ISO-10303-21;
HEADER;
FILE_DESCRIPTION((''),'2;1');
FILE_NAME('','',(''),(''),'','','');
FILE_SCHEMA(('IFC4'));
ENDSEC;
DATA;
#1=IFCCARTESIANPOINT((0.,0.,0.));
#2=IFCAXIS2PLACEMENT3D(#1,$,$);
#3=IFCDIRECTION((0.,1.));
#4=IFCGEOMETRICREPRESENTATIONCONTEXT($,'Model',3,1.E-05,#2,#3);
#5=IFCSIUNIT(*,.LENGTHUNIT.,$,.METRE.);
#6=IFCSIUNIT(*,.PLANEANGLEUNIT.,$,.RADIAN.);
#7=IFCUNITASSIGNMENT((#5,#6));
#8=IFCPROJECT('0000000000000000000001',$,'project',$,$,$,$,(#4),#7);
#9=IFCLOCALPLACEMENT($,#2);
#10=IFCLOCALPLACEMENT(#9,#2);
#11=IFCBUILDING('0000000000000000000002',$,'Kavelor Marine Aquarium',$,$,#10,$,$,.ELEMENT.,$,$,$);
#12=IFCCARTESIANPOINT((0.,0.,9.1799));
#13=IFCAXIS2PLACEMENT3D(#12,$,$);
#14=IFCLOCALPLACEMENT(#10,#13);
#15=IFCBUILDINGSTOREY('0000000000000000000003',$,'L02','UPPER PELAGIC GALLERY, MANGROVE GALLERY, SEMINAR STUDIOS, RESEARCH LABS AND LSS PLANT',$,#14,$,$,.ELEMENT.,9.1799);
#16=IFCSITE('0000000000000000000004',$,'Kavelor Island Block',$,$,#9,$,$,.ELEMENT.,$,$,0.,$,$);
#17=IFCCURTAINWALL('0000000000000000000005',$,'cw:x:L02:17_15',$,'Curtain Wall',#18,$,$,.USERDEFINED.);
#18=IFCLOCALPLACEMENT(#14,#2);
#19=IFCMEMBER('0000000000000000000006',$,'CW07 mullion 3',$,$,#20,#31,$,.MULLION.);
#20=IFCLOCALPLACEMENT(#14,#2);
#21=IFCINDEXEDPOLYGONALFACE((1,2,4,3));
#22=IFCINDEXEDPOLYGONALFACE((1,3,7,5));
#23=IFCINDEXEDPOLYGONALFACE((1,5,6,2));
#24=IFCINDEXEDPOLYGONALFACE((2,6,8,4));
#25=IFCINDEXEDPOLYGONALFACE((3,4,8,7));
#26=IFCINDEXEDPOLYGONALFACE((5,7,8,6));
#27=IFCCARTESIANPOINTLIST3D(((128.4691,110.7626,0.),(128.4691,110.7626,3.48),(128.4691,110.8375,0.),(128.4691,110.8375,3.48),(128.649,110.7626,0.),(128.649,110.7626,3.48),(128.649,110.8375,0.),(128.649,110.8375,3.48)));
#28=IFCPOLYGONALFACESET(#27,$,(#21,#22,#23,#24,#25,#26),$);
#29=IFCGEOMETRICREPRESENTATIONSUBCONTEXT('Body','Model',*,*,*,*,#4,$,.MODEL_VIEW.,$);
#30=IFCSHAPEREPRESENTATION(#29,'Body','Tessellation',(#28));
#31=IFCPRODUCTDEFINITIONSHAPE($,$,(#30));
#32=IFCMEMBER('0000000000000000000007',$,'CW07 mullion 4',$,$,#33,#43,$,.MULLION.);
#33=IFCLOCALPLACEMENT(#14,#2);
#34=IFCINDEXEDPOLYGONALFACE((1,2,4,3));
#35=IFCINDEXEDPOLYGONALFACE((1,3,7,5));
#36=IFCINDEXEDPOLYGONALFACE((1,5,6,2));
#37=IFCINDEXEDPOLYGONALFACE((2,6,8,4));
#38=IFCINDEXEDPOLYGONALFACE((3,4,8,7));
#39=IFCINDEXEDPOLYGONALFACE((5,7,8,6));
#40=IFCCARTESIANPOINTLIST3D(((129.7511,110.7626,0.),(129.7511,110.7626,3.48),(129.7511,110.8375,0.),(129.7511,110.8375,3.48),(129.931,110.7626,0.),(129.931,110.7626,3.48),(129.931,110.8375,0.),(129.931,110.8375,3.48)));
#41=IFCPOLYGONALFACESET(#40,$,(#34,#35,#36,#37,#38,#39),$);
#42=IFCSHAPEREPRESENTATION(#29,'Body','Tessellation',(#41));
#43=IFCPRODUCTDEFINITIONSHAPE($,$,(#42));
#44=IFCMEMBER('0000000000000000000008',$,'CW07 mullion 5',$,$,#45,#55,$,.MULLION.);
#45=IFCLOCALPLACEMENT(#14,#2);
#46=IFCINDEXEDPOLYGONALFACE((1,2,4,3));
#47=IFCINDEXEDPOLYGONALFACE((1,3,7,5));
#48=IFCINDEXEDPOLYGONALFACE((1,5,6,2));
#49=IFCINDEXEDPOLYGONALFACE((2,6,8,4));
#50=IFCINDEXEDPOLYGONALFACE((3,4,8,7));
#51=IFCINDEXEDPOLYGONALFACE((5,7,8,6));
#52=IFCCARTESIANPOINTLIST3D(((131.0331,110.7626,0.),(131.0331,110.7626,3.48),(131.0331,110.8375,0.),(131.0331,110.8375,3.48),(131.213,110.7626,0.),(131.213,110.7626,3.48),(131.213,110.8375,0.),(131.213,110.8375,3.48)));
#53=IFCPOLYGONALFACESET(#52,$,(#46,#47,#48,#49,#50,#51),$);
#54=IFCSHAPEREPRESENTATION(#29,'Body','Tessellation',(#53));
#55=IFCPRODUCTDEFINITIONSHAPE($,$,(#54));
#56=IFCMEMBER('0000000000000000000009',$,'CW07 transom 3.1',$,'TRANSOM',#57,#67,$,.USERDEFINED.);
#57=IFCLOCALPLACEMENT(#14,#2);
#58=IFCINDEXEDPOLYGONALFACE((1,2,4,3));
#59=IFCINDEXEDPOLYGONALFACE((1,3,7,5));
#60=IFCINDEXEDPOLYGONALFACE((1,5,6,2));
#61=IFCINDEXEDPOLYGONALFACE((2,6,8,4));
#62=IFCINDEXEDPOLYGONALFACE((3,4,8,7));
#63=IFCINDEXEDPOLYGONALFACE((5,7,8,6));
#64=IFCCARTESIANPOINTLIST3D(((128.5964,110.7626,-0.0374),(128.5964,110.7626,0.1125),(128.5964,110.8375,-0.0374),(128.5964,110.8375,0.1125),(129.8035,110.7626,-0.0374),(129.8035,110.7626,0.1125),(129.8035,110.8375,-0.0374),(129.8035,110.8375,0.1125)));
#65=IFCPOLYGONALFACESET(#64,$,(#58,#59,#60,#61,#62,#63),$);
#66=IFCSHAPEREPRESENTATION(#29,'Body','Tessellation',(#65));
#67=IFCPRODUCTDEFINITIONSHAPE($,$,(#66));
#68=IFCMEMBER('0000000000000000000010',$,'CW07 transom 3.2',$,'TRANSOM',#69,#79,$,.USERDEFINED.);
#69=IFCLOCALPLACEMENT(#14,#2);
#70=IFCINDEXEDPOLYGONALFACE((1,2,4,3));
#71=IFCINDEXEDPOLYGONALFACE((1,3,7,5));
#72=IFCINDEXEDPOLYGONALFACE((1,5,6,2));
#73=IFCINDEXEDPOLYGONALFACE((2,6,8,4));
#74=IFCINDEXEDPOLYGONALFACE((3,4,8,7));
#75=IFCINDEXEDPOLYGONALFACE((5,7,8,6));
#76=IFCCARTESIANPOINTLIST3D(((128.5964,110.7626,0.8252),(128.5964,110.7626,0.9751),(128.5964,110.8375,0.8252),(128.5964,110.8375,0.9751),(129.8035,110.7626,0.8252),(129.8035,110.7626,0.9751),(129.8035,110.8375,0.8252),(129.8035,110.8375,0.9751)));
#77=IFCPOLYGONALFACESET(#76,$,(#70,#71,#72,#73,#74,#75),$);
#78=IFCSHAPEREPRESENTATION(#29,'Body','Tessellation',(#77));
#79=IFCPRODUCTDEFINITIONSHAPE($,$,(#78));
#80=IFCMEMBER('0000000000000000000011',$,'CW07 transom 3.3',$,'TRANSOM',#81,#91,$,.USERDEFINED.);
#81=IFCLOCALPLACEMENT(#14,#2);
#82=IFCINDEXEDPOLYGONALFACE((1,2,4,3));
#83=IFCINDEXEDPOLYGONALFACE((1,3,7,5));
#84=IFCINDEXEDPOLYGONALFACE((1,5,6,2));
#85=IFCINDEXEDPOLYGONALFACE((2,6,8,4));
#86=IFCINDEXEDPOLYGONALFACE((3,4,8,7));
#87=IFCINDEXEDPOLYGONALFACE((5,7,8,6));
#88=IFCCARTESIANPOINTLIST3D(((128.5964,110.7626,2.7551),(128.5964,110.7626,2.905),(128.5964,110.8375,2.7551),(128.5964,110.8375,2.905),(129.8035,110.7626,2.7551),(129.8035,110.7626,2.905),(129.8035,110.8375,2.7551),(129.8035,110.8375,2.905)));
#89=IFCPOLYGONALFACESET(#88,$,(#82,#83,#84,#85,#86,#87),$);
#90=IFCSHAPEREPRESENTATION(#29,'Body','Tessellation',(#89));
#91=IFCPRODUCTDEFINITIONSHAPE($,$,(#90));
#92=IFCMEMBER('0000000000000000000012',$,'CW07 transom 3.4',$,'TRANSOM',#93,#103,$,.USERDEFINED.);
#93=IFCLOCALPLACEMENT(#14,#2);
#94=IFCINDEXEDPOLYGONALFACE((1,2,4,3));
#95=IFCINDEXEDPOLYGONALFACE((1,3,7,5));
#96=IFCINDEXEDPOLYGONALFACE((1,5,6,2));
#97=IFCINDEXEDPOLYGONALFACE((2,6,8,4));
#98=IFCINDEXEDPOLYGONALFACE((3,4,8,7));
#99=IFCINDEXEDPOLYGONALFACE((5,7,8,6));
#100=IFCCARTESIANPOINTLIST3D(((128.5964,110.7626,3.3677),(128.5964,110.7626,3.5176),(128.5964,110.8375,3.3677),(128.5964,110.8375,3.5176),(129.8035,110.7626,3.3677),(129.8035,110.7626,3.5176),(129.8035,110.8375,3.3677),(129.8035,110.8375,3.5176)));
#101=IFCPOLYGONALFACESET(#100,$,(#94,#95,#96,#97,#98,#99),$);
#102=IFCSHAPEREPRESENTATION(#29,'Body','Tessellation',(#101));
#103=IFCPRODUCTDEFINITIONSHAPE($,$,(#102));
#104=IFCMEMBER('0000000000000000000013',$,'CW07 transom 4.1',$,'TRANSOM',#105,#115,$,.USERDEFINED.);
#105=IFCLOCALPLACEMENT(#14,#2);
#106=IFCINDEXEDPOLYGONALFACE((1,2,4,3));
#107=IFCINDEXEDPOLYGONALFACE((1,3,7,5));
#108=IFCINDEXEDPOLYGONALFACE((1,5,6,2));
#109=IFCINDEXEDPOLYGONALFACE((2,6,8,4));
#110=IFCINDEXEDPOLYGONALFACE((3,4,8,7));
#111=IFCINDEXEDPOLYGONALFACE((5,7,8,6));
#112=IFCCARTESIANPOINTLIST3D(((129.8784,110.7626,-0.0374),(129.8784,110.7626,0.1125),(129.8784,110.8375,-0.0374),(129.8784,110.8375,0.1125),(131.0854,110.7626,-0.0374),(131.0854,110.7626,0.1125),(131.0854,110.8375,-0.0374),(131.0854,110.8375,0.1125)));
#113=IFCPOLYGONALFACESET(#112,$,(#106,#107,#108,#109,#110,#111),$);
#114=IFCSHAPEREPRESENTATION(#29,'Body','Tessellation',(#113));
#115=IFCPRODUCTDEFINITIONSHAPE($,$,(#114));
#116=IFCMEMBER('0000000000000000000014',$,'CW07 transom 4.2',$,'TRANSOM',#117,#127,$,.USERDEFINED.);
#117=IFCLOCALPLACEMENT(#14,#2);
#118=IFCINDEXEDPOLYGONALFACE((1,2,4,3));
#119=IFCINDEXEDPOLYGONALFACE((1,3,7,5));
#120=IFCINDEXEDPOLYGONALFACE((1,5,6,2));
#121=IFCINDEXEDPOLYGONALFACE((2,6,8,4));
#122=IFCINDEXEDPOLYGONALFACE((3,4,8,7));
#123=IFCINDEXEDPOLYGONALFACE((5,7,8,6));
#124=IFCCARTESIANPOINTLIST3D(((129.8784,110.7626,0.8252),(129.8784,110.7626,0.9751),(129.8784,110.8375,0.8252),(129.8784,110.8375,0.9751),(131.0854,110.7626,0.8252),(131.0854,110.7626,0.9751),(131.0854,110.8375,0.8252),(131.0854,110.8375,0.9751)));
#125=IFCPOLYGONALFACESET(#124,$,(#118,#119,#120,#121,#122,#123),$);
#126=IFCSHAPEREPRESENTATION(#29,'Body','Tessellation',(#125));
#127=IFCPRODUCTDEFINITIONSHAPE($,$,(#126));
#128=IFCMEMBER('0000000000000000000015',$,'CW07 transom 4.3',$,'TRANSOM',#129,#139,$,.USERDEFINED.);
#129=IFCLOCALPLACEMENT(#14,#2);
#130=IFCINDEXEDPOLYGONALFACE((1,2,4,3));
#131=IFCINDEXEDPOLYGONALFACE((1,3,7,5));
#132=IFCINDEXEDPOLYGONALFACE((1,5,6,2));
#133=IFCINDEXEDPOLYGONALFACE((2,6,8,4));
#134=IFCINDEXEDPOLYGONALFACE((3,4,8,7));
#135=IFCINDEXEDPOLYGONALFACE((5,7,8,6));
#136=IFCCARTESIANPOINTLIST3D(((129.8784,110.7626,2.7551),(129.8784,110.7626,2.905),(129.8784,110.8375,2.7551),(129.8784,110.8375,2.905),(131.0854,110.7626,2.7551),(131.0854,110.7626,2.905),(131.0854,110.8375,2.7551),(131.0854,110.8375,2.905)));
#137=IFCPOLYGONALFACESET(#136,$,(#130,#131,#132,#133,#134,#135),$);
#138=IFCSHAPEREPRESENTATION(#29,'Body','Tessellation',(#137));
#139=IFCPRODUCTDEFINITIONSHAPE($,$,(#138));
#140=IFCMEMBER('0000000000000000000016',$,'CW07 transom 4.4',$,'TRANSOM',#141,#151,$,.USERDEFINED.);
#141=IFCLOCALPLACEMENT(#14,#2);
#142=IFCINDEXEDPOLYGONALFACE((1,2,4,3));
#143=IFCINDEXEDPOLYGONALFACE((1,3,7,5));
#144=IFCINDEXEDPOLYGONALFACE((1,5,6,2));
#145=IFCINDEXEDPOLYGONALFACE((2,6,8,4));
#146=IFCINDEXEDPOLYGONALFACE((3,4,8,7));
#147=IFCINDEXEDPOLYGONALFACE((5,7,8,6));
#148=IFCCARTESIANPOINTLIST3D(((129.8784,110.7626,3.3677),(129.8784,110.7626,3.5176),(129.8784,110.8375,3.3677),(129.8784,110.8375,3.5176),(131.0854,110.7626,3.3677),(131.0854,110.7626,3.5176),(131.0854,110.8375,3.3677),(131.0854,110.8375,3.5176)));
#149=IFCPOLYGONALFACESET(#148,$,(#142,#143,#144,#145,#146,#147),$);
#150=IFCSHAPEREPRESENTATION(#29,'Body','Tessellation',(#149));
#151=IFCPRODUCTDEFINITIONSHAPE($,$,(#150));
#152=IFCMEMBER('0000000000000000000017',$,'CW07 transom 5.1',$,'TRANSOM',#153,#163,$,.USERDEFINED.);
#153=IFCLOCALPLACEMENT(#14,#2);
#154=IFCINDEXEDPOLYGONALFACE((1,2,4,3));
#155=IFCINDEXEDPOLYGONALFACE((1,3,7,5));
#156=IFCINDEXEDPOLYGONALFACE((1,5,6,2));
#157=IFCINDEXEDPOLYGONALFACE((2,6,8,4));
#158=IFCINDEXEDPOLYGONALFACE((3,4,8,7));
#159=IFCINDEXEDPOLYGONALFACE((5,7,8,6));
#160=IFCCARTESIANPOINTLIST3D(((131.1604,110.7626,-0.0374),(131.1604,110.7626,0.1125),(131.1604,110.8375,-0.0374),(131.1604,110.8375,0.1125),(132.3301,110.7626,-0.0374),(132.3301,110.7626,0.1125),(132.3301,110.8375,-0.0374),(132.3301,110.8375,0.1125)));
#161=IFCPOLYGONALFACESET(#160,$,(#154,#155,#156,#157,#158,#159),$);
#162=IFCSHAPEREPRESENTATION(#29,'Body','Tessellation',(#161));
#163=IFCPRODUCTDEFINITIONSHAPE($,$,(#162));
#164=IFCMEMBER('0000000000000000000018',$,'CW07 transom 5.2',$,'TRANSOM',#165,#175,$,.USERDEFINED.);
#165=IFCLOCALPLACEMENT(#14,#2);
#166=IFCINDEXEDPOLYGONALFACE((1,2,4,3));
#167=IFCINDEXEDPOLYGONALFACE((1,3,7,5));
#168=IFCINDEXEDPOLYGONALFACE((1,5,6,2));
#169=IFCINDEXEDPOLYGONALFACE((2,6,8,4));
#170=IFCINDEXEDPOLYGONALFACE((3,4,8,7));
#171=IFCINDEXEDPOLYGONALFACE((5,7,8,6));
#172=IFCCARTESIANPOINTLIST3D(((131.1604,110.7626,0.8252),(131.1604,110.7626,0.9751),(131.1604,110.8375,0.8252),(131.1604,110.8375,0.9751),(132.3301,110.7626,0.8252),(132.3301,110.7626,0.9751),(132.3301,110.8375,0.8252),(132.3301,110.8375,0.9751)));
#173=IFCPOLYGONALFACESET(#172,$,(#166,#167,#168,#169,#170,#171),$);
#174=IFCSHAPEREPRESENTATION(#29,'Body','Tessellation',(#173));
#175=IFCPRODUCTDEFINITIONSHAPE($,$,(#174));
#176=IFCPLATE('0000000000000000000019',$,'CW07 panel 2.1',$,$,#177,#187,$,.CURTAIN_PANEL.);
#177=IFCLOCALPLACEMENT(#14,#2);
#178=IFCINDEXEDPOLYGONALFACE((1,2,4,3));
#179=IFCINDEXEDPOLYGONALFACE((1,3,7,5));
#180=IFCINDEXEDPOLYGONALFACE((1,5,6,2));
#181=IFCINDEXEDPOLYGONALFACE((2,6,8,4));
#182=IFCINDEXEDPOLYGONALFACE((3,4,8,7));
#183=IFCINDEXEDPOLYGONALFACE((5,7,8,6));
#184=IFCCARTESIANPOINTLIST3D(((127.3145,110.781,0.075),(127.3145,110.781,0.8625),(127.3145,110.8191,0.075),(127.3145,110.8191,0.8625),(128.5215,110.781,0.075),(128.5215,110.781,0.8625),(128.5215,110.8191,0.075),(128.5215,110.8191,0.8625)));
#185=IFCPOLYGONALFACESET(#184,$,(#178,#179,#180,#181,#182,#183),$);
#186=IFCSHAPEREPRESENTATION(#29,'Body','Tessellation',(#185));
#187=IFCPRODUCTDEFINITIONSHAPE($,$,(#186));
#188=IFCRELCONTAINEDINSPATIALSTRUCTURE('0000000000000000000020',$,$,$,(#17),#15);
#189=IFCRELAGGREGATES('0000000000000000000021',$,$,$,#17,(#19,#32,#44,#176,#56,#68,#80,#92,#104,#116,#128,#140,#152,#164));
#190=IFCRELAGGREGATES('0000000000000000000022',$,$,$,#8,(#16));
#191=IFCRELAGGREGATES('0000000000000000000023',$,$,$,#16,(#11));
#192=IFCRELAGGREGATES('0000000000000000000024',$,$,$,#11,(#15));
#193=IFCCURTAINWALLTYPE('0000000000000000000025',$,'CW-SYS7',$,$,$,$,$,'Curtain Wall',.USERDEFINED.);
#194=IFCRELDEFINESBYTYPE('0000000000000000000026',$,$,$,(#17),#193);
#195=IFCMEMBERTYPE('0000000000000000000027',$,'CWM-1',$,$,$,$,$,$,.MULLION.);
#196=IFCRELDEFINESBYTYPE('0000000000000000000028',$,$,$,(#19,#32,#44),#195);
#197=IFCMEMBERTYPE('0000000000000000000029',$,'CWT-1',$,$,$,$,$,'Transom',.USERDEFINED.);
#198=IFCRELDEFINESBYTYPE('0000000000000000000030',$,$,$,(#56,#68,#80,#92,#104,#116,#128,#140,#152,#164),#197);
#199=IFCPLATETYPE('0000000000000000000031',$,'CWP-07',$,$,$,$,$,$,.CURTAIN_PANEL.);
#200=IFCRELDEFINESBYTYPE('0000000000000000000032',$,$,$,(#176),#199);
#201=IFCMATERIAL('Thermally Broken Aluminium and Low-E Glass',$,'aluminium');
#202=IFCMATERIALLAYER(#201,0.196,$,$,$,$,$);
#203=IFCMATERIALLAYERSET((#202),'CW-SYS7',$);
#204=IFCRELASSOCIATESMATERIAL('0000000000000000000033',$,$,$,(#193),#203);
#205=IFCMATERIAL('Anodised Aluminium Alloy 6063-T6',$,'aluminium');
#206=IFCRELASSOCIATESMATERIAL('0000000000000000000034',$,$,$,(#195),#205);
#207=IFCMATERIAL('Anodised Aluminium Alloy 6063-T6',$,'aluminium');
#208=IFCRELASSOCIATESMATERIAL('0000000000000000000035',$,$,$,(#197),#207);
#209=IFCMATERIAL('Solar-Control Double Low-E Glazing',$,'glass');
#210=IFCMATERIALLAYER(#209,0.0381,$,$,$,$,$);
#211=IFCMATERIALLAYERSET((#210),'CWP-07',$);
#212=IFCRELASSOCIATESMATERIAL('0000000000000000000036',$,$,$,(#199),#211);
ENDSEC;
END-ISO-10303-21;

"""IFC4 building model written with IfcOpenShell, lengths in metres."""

from ifc_helpers import new_model, si_unit, direction, frame, origin, origin_2d, place, context, subcontext, project, spatial, rectangle, extrude, material, layer, layer_set, material_profile, profile_set, type_object, element, aggregate, save


model = new_model("IFC4")

# Units and contexts
model_context = context("Model", 3, precision=1e-05, world=origin(), true_north=direction((0.0, 1.0)))
body_context = subcontext(model_context, "Body", "Model", "MODEL_VIEW")
ifc_project = project(units=[si_unit("LENGTHUNIT", "METRE"), si_unit("PLANEANGLEUNIT", "RADIAN")], contexts=[model_context])

# Site, building, storey
site_placement = place(None, origin())
site = spatial("IfcSite", under=ifc_project, at=site_placement, Name="Kavelor Island Block", CompositionType="ELEMENT", RefElevation=0.0)
building_placement = place(site_placement, origin())
building = spatial("IfcBuilding", under=site, at=building_placement, Name="Kavelor Marine Aquarium", CompositionType="ELEMENT")
storey_placement = place(building_placement, frame((0.0, 0.0, 9.1799)))
storey = spatial("IfcBuildingStorey", under=building, at=storey_placement, Name="L02", Description="UPPER PELAGIC GALLERY, MANGROVE GALLERY, SEMINAR STUDIOS, RESEARCH LABS AND LSS PLANT", CompositionType="ELEMENT", Elevation=9.1799)

# Curtain wall, members, plate
ifc_material_1 = material(Name="Thermally Broken Aluminium and Low-E Glass", Category="aluminium")
ifc_layer_1 = layer(ifc_material_1, 0.196)
ifc_layer_set_1 = layer_set([ifc_layer_1], Name="CW-SYS7")
curtain_wall_type = type_object("IfcCurtainWallType", Name="CW-SYS7", ElementType="Curtain Wall", PredefinedType="USERDEFINED", material=ifc_layer_set_1)
curtain_wall_placement = place(storey_placement, origin())
curtain_wall = element("IfcCurtainWall", 1, at=curtain_wall_placement, inside=storey, type_object=curtain_wall_type, Name="cw:x:L02:17_15", ObjectType="Curtain Wall", PredefinedType="USERDEFINED")
ifc_material_2 = material(Name="Anodised Aluminium Alloy 6063-T6", Category="aluminium")
ifc_material_profile_1 = material_profile(ifc_material_2, rectangle(XDim=0.075, YDim=0.1799, at=origin_2d()), Name="CW-MUL 75x180")
ifc_profile_set_1 = profile_set([ifc_material_profile_1], Name="Anodised Aluminium Alloy 6063-T6")
member_type_1 = type_object("IfcMemberType", Name="CWM-1", PredefinedType="MULLION", material=ifc_profile_set_1)
member_1_placement = place(storey_placement, frame((128.5591, 110.8, 0.0), z_axis=(0.0, 0.0, 1.0), x_axis=(0.0, 1.0, 0.0)))
member_1 = element("IfcMember", 2, at=member_1_placement, type_object=member_type_1, Name="CW07 mullion 3", PredefinedType="MULLION", context=body_context, shape_type="SweptSolid", body=[
    extrude(rectangle(XDim=0.075, YDim=0.1799, at=origin_2d()), origin(), (0.0, 0.0, 1.0), 3.48),
])
member_2_placement = place(storey_placement, frame((129.8411, 110.8, 0.0), z_axis=(0.0, 0.0, 1.0), x_axis=(0.0, 1.0, 0.0)))
member_2 = element("IfcMember", 3, at=member_2_placement, type_object=member_type_1, Name="CW07 mullion 4", PredefinedType="MULLION", context=body_context, shape_type="SweptSolid", body=[
    extrude(rectangle(XDim=0.075, YDim=0.1799, at=origin_2d()), origin(), (0.0, 0.0, 1.0), 3.48),
])
member_3_placement = place(storey_placement, frame((131.123, 110.8, 0.0), z_axis=(0.0, 0.0, 1.0), x_axis=(0.0, 1.0, 0.0)))
member_3 = element("IfcMember", 4, at=member_3_placement, type_object=member_type_1, Name="CW07 mullion 5", PredefinedType="MULLION", context=body_context, shape_type="SweptSolid", body=[
    extrude(rectangle(XDim=0.075, YDim=0.1799, at=origin_2d()), origin(), (0.0, 0.0, 1.0), 3.48),
])
ifc_material_3 = material(Name="Anodised Aluminium Alloy 6063-T6", Category="aluminium")
ifc_material_profile_2 = material_profile(ifc_material_3, rectangle(XDim=0.075, YDim=0.1499, at=origin_2d()), Name="CW-TRN 75x150")
ifc_profile_set_2 = profile_set([ifc_material_profile_2], Name="Anodised Aluminium Alloy 6063-T6")
member_type_2 = type_object("IfcMemberType", Name="CWT-1", ElementType="Transom", PredefinedType="USERDEFINED", material=ifc_profile_set_2)
member_4_placement = place(storey_placement, frame((128.5964, 110.8, 0.0376), z_axis=(1.0, 0.0, 0.0), x_axis=(0.0, 1.0, 0.0)))
member_4 = element("IfcMember", 5, at=member_4_placement, type_object=member_type_2, Name="CW07 transom 3.1", ObjectType="TRANSOM", PredefinedType="USERDEFINED", context=body_context, shape_type="SweptSolid", body=[
    extrude(rectangle(XDim=0.075, YDim=0.1499, at=origin_2d()), origin(), (0.0, 0.0, 1.0), 1.207),
])
member_5_placement = place(storey_placement, frame((128.5964, 110.8, 0.9001), z_axis=(1.0, 0.0, 0.0), x_axis=(0.0, 1.0, 0.0)))
member_5 = element("IfcMember", 6, at=member_5_placement, type_object=member_type_2, Name="CW07 transom 3.2", ObjectType="TRANSOM", PredefinedType="USERDEFINED", context=body_context, shape_type="SweptSolid", body=[
    extrude(rectangle(XDim=0.075, YDim=0.1499, at=origin_2d()), origin(), (0.0, 0.0, 1.0), 1.207),
])
member_6_placement = place(storey_placement, frame((128.5964, 110.8, 2.8301), z_axis=(1.0, 0.0, 0.0), x_axis=(0.0, 1.0, 0.0)))
member_6 = element("IfcMember", 7, at=member_6_placement, type_object=member_type_2, Name="CW07 transom 3.3", ObjectType="TRANSOM", PredefinedType="USERDEFINED", context=body_context, shape_type="SweptSolid", body=[
    extrude(rectangle(XDim=0.075, YDim=0.1499, at=origin_2d()), origin(), (0.0, 0.0, 1.0), 1.207),
])
member_7_placement = place(storey_placement, frame((128.5964, 110.8, 3.4426), z_axis=(1.0, 0.0, 0.0), x_axis=(0.0, 1.0, 0.0)))
member_7 = element("IfcMember", 8, at=member_7_placement, type_object=member_type_2, Name="CW07 transom 3.4", ObjectType="TRANSOM", PredefinedType="USERDEFINED", context=body_context, shape_type="SweptSolid", body=[
    extrude(rectangle(XDim=0.075, YDim=0.1499, at=origin_2d()), origin(), (0.0, 0.0, 1.0), 1.207),
])
member_8_placement = place(storey_placement, frame((129.8784, 110.8, 0.0376), z_axis=(1.0, 0.0, 0.0), x_axis=(0.0, 1.0, 0.0)))
member_8 = element("IfcMember", 9, at=member_8_placement, type_object=member_type_2, Name="CW07 transom 4.1", ObjectType="TRANSOM", PredefinedType="USERDEFINED", context=body_context, shape_type="SweptSolid", body=[
    extrude(rectangle(XDim=0.075, YDim=0.1499, at=origin_2d()), origin(), (0.0, 0.0, 1.0), 1.207),
])
member_9_placement = place(storey_placement, frame((129.8784, 110.8, 0.9001), z_axis=(1.0, 0.0, 0.0), x_axis=(0.0, 1.0, 0.0)))
member_9 = element("IfcMember", 10, at=member_9_placement, type_object=member_type_2, Name="CW07 transom 4.2", ObjectType="TRANSOM", PredefinedType="USERDEFINED", context=body_context, shape_type="SweptSolid", body=[
    extrude(rectangle(XDim=0.075, YDim=0.1499, at=origin_2d()), origin(), (0.0, 0.0, 1.0), 1.207),
])
member_10_placement = place(storey_placement, frame((129.8784, 110.8, 2.8301), z_axis=(1.0, 0.0, 0.0), x_axis=(0.0, 1.0, 0.0)))
member_10 = element("IfcMember", 11, at=member_10_placement, type_object=member_type_2, Name="CW07 transom 4.3", ObjectType="TRANSOM", PredefinedType="USERDEFINED", context=body_context, shape_type="SweptSolid", body=[
    extrude(rectangle(XDim=0.075, YDim=0.1499, at=origin_2d()), origin(), (0.0, 0.0, 1.0), 1.207),
])
member_11_placement = place(storey_placement, frame((129.8784, 110.8, 3.4426), z_axis=(1.0, 0.0, 0.0), x_axis=(0.0, 1.0, 0.0)))
member_11 = element("IfcMember", 12, at=member_11_placement, type_object=member_type_2, Name="CW07 transom 4.4", ObjectType="TRANSOM", PredefinedType="USERDEFINED", context=body_context, shape_type="SweptSolid", body=[
    extrude(rectangle(XDim=0.075, YDim=0.1499, at=origin_2d()), origin(), (0.0, 0.0, 1.0), 1.207),
])
member_12_placement = place(storey_placement, frame((131.1604, 110.8, 0.0376), z_axis=(1.0, 0.0, 0.0), x_axis=(0.0, 1.0, 0.0)))
member_12 = element("IfcMember", 13, at=member_12_placement, type_object=member_type_2, Name="CW07 transom 5.1", ObjectType="TRANSOM", PredefinedType="USERDEFINED", context=body_context, shape_type="SweptSolid", body=[
    extrude(rectangle(XDim=0.075, YDim=0.1499, at=origin_2d()), origin(), (0.0, 0.0, 1.0), 1.1697),
])
member_13_placement = place(storey_placement, frame((131.1604, 110.8, 0.9001), z_axis=(1.0, 0.0, 0.0), x_axis=(0.0, 1.0, 0.0)))
member_13 = element("IfcMember", 14, at=member_13_placement, type_object=member_type_2, Name="CW07 transom 5.2", ObjectType="TRANSOM", PredefinedType="USERDEFINED", context=body_context, shape_type="SweptSolid", body=[
    extrude(rectangle(XDim=0.075, YDim=0.1499, at=origin_2d()), origin(), (0.0, 0.0, 1.0), 1.1697),
])
ifc_material_4 = material(Name="Solar-Control Double Low-E Glazing", Category="glass")
ifc_layer_2 = layer(ifc_material_4, 0.0381)
ifc_layer_set_2 = layer_set([ifc_layer_2], Name="CWP-07")
plate_type = type_object("IfcPlateType", Name="CWP-07", PredefinedType="CURTAIN_PANEL", material=ifc_layer_set_2)
plate_1_placement = place(storey_placement, frame((127.918, 110.8, 0.075), z_axis=(0.0, 0.0, 1.0), x_axis=(1.0, 0.0, 0.0)))
plate_1 = element("IfcPlate", 15, at=plate_1_placement, type_object=plate_type, Name="CW07 panel 2.1", PredefinedType="CURTAIN_PANEL", context=body_context, shape_type="SweptSolid", body=[
    extrude(rectangle(XDim=1.207, YDim=0.0381, at=origin_2d()), origin(), (0.0, 0.0, 1.0), 0.7876),
])
aggregate(curtain_wall, [member_1, member_2, member_3, plate_1, member_4, member_5, member_6, member_7, member_8, member_9, member_10, member_11, member_12, member_13])

save(model, "model.ifc")
